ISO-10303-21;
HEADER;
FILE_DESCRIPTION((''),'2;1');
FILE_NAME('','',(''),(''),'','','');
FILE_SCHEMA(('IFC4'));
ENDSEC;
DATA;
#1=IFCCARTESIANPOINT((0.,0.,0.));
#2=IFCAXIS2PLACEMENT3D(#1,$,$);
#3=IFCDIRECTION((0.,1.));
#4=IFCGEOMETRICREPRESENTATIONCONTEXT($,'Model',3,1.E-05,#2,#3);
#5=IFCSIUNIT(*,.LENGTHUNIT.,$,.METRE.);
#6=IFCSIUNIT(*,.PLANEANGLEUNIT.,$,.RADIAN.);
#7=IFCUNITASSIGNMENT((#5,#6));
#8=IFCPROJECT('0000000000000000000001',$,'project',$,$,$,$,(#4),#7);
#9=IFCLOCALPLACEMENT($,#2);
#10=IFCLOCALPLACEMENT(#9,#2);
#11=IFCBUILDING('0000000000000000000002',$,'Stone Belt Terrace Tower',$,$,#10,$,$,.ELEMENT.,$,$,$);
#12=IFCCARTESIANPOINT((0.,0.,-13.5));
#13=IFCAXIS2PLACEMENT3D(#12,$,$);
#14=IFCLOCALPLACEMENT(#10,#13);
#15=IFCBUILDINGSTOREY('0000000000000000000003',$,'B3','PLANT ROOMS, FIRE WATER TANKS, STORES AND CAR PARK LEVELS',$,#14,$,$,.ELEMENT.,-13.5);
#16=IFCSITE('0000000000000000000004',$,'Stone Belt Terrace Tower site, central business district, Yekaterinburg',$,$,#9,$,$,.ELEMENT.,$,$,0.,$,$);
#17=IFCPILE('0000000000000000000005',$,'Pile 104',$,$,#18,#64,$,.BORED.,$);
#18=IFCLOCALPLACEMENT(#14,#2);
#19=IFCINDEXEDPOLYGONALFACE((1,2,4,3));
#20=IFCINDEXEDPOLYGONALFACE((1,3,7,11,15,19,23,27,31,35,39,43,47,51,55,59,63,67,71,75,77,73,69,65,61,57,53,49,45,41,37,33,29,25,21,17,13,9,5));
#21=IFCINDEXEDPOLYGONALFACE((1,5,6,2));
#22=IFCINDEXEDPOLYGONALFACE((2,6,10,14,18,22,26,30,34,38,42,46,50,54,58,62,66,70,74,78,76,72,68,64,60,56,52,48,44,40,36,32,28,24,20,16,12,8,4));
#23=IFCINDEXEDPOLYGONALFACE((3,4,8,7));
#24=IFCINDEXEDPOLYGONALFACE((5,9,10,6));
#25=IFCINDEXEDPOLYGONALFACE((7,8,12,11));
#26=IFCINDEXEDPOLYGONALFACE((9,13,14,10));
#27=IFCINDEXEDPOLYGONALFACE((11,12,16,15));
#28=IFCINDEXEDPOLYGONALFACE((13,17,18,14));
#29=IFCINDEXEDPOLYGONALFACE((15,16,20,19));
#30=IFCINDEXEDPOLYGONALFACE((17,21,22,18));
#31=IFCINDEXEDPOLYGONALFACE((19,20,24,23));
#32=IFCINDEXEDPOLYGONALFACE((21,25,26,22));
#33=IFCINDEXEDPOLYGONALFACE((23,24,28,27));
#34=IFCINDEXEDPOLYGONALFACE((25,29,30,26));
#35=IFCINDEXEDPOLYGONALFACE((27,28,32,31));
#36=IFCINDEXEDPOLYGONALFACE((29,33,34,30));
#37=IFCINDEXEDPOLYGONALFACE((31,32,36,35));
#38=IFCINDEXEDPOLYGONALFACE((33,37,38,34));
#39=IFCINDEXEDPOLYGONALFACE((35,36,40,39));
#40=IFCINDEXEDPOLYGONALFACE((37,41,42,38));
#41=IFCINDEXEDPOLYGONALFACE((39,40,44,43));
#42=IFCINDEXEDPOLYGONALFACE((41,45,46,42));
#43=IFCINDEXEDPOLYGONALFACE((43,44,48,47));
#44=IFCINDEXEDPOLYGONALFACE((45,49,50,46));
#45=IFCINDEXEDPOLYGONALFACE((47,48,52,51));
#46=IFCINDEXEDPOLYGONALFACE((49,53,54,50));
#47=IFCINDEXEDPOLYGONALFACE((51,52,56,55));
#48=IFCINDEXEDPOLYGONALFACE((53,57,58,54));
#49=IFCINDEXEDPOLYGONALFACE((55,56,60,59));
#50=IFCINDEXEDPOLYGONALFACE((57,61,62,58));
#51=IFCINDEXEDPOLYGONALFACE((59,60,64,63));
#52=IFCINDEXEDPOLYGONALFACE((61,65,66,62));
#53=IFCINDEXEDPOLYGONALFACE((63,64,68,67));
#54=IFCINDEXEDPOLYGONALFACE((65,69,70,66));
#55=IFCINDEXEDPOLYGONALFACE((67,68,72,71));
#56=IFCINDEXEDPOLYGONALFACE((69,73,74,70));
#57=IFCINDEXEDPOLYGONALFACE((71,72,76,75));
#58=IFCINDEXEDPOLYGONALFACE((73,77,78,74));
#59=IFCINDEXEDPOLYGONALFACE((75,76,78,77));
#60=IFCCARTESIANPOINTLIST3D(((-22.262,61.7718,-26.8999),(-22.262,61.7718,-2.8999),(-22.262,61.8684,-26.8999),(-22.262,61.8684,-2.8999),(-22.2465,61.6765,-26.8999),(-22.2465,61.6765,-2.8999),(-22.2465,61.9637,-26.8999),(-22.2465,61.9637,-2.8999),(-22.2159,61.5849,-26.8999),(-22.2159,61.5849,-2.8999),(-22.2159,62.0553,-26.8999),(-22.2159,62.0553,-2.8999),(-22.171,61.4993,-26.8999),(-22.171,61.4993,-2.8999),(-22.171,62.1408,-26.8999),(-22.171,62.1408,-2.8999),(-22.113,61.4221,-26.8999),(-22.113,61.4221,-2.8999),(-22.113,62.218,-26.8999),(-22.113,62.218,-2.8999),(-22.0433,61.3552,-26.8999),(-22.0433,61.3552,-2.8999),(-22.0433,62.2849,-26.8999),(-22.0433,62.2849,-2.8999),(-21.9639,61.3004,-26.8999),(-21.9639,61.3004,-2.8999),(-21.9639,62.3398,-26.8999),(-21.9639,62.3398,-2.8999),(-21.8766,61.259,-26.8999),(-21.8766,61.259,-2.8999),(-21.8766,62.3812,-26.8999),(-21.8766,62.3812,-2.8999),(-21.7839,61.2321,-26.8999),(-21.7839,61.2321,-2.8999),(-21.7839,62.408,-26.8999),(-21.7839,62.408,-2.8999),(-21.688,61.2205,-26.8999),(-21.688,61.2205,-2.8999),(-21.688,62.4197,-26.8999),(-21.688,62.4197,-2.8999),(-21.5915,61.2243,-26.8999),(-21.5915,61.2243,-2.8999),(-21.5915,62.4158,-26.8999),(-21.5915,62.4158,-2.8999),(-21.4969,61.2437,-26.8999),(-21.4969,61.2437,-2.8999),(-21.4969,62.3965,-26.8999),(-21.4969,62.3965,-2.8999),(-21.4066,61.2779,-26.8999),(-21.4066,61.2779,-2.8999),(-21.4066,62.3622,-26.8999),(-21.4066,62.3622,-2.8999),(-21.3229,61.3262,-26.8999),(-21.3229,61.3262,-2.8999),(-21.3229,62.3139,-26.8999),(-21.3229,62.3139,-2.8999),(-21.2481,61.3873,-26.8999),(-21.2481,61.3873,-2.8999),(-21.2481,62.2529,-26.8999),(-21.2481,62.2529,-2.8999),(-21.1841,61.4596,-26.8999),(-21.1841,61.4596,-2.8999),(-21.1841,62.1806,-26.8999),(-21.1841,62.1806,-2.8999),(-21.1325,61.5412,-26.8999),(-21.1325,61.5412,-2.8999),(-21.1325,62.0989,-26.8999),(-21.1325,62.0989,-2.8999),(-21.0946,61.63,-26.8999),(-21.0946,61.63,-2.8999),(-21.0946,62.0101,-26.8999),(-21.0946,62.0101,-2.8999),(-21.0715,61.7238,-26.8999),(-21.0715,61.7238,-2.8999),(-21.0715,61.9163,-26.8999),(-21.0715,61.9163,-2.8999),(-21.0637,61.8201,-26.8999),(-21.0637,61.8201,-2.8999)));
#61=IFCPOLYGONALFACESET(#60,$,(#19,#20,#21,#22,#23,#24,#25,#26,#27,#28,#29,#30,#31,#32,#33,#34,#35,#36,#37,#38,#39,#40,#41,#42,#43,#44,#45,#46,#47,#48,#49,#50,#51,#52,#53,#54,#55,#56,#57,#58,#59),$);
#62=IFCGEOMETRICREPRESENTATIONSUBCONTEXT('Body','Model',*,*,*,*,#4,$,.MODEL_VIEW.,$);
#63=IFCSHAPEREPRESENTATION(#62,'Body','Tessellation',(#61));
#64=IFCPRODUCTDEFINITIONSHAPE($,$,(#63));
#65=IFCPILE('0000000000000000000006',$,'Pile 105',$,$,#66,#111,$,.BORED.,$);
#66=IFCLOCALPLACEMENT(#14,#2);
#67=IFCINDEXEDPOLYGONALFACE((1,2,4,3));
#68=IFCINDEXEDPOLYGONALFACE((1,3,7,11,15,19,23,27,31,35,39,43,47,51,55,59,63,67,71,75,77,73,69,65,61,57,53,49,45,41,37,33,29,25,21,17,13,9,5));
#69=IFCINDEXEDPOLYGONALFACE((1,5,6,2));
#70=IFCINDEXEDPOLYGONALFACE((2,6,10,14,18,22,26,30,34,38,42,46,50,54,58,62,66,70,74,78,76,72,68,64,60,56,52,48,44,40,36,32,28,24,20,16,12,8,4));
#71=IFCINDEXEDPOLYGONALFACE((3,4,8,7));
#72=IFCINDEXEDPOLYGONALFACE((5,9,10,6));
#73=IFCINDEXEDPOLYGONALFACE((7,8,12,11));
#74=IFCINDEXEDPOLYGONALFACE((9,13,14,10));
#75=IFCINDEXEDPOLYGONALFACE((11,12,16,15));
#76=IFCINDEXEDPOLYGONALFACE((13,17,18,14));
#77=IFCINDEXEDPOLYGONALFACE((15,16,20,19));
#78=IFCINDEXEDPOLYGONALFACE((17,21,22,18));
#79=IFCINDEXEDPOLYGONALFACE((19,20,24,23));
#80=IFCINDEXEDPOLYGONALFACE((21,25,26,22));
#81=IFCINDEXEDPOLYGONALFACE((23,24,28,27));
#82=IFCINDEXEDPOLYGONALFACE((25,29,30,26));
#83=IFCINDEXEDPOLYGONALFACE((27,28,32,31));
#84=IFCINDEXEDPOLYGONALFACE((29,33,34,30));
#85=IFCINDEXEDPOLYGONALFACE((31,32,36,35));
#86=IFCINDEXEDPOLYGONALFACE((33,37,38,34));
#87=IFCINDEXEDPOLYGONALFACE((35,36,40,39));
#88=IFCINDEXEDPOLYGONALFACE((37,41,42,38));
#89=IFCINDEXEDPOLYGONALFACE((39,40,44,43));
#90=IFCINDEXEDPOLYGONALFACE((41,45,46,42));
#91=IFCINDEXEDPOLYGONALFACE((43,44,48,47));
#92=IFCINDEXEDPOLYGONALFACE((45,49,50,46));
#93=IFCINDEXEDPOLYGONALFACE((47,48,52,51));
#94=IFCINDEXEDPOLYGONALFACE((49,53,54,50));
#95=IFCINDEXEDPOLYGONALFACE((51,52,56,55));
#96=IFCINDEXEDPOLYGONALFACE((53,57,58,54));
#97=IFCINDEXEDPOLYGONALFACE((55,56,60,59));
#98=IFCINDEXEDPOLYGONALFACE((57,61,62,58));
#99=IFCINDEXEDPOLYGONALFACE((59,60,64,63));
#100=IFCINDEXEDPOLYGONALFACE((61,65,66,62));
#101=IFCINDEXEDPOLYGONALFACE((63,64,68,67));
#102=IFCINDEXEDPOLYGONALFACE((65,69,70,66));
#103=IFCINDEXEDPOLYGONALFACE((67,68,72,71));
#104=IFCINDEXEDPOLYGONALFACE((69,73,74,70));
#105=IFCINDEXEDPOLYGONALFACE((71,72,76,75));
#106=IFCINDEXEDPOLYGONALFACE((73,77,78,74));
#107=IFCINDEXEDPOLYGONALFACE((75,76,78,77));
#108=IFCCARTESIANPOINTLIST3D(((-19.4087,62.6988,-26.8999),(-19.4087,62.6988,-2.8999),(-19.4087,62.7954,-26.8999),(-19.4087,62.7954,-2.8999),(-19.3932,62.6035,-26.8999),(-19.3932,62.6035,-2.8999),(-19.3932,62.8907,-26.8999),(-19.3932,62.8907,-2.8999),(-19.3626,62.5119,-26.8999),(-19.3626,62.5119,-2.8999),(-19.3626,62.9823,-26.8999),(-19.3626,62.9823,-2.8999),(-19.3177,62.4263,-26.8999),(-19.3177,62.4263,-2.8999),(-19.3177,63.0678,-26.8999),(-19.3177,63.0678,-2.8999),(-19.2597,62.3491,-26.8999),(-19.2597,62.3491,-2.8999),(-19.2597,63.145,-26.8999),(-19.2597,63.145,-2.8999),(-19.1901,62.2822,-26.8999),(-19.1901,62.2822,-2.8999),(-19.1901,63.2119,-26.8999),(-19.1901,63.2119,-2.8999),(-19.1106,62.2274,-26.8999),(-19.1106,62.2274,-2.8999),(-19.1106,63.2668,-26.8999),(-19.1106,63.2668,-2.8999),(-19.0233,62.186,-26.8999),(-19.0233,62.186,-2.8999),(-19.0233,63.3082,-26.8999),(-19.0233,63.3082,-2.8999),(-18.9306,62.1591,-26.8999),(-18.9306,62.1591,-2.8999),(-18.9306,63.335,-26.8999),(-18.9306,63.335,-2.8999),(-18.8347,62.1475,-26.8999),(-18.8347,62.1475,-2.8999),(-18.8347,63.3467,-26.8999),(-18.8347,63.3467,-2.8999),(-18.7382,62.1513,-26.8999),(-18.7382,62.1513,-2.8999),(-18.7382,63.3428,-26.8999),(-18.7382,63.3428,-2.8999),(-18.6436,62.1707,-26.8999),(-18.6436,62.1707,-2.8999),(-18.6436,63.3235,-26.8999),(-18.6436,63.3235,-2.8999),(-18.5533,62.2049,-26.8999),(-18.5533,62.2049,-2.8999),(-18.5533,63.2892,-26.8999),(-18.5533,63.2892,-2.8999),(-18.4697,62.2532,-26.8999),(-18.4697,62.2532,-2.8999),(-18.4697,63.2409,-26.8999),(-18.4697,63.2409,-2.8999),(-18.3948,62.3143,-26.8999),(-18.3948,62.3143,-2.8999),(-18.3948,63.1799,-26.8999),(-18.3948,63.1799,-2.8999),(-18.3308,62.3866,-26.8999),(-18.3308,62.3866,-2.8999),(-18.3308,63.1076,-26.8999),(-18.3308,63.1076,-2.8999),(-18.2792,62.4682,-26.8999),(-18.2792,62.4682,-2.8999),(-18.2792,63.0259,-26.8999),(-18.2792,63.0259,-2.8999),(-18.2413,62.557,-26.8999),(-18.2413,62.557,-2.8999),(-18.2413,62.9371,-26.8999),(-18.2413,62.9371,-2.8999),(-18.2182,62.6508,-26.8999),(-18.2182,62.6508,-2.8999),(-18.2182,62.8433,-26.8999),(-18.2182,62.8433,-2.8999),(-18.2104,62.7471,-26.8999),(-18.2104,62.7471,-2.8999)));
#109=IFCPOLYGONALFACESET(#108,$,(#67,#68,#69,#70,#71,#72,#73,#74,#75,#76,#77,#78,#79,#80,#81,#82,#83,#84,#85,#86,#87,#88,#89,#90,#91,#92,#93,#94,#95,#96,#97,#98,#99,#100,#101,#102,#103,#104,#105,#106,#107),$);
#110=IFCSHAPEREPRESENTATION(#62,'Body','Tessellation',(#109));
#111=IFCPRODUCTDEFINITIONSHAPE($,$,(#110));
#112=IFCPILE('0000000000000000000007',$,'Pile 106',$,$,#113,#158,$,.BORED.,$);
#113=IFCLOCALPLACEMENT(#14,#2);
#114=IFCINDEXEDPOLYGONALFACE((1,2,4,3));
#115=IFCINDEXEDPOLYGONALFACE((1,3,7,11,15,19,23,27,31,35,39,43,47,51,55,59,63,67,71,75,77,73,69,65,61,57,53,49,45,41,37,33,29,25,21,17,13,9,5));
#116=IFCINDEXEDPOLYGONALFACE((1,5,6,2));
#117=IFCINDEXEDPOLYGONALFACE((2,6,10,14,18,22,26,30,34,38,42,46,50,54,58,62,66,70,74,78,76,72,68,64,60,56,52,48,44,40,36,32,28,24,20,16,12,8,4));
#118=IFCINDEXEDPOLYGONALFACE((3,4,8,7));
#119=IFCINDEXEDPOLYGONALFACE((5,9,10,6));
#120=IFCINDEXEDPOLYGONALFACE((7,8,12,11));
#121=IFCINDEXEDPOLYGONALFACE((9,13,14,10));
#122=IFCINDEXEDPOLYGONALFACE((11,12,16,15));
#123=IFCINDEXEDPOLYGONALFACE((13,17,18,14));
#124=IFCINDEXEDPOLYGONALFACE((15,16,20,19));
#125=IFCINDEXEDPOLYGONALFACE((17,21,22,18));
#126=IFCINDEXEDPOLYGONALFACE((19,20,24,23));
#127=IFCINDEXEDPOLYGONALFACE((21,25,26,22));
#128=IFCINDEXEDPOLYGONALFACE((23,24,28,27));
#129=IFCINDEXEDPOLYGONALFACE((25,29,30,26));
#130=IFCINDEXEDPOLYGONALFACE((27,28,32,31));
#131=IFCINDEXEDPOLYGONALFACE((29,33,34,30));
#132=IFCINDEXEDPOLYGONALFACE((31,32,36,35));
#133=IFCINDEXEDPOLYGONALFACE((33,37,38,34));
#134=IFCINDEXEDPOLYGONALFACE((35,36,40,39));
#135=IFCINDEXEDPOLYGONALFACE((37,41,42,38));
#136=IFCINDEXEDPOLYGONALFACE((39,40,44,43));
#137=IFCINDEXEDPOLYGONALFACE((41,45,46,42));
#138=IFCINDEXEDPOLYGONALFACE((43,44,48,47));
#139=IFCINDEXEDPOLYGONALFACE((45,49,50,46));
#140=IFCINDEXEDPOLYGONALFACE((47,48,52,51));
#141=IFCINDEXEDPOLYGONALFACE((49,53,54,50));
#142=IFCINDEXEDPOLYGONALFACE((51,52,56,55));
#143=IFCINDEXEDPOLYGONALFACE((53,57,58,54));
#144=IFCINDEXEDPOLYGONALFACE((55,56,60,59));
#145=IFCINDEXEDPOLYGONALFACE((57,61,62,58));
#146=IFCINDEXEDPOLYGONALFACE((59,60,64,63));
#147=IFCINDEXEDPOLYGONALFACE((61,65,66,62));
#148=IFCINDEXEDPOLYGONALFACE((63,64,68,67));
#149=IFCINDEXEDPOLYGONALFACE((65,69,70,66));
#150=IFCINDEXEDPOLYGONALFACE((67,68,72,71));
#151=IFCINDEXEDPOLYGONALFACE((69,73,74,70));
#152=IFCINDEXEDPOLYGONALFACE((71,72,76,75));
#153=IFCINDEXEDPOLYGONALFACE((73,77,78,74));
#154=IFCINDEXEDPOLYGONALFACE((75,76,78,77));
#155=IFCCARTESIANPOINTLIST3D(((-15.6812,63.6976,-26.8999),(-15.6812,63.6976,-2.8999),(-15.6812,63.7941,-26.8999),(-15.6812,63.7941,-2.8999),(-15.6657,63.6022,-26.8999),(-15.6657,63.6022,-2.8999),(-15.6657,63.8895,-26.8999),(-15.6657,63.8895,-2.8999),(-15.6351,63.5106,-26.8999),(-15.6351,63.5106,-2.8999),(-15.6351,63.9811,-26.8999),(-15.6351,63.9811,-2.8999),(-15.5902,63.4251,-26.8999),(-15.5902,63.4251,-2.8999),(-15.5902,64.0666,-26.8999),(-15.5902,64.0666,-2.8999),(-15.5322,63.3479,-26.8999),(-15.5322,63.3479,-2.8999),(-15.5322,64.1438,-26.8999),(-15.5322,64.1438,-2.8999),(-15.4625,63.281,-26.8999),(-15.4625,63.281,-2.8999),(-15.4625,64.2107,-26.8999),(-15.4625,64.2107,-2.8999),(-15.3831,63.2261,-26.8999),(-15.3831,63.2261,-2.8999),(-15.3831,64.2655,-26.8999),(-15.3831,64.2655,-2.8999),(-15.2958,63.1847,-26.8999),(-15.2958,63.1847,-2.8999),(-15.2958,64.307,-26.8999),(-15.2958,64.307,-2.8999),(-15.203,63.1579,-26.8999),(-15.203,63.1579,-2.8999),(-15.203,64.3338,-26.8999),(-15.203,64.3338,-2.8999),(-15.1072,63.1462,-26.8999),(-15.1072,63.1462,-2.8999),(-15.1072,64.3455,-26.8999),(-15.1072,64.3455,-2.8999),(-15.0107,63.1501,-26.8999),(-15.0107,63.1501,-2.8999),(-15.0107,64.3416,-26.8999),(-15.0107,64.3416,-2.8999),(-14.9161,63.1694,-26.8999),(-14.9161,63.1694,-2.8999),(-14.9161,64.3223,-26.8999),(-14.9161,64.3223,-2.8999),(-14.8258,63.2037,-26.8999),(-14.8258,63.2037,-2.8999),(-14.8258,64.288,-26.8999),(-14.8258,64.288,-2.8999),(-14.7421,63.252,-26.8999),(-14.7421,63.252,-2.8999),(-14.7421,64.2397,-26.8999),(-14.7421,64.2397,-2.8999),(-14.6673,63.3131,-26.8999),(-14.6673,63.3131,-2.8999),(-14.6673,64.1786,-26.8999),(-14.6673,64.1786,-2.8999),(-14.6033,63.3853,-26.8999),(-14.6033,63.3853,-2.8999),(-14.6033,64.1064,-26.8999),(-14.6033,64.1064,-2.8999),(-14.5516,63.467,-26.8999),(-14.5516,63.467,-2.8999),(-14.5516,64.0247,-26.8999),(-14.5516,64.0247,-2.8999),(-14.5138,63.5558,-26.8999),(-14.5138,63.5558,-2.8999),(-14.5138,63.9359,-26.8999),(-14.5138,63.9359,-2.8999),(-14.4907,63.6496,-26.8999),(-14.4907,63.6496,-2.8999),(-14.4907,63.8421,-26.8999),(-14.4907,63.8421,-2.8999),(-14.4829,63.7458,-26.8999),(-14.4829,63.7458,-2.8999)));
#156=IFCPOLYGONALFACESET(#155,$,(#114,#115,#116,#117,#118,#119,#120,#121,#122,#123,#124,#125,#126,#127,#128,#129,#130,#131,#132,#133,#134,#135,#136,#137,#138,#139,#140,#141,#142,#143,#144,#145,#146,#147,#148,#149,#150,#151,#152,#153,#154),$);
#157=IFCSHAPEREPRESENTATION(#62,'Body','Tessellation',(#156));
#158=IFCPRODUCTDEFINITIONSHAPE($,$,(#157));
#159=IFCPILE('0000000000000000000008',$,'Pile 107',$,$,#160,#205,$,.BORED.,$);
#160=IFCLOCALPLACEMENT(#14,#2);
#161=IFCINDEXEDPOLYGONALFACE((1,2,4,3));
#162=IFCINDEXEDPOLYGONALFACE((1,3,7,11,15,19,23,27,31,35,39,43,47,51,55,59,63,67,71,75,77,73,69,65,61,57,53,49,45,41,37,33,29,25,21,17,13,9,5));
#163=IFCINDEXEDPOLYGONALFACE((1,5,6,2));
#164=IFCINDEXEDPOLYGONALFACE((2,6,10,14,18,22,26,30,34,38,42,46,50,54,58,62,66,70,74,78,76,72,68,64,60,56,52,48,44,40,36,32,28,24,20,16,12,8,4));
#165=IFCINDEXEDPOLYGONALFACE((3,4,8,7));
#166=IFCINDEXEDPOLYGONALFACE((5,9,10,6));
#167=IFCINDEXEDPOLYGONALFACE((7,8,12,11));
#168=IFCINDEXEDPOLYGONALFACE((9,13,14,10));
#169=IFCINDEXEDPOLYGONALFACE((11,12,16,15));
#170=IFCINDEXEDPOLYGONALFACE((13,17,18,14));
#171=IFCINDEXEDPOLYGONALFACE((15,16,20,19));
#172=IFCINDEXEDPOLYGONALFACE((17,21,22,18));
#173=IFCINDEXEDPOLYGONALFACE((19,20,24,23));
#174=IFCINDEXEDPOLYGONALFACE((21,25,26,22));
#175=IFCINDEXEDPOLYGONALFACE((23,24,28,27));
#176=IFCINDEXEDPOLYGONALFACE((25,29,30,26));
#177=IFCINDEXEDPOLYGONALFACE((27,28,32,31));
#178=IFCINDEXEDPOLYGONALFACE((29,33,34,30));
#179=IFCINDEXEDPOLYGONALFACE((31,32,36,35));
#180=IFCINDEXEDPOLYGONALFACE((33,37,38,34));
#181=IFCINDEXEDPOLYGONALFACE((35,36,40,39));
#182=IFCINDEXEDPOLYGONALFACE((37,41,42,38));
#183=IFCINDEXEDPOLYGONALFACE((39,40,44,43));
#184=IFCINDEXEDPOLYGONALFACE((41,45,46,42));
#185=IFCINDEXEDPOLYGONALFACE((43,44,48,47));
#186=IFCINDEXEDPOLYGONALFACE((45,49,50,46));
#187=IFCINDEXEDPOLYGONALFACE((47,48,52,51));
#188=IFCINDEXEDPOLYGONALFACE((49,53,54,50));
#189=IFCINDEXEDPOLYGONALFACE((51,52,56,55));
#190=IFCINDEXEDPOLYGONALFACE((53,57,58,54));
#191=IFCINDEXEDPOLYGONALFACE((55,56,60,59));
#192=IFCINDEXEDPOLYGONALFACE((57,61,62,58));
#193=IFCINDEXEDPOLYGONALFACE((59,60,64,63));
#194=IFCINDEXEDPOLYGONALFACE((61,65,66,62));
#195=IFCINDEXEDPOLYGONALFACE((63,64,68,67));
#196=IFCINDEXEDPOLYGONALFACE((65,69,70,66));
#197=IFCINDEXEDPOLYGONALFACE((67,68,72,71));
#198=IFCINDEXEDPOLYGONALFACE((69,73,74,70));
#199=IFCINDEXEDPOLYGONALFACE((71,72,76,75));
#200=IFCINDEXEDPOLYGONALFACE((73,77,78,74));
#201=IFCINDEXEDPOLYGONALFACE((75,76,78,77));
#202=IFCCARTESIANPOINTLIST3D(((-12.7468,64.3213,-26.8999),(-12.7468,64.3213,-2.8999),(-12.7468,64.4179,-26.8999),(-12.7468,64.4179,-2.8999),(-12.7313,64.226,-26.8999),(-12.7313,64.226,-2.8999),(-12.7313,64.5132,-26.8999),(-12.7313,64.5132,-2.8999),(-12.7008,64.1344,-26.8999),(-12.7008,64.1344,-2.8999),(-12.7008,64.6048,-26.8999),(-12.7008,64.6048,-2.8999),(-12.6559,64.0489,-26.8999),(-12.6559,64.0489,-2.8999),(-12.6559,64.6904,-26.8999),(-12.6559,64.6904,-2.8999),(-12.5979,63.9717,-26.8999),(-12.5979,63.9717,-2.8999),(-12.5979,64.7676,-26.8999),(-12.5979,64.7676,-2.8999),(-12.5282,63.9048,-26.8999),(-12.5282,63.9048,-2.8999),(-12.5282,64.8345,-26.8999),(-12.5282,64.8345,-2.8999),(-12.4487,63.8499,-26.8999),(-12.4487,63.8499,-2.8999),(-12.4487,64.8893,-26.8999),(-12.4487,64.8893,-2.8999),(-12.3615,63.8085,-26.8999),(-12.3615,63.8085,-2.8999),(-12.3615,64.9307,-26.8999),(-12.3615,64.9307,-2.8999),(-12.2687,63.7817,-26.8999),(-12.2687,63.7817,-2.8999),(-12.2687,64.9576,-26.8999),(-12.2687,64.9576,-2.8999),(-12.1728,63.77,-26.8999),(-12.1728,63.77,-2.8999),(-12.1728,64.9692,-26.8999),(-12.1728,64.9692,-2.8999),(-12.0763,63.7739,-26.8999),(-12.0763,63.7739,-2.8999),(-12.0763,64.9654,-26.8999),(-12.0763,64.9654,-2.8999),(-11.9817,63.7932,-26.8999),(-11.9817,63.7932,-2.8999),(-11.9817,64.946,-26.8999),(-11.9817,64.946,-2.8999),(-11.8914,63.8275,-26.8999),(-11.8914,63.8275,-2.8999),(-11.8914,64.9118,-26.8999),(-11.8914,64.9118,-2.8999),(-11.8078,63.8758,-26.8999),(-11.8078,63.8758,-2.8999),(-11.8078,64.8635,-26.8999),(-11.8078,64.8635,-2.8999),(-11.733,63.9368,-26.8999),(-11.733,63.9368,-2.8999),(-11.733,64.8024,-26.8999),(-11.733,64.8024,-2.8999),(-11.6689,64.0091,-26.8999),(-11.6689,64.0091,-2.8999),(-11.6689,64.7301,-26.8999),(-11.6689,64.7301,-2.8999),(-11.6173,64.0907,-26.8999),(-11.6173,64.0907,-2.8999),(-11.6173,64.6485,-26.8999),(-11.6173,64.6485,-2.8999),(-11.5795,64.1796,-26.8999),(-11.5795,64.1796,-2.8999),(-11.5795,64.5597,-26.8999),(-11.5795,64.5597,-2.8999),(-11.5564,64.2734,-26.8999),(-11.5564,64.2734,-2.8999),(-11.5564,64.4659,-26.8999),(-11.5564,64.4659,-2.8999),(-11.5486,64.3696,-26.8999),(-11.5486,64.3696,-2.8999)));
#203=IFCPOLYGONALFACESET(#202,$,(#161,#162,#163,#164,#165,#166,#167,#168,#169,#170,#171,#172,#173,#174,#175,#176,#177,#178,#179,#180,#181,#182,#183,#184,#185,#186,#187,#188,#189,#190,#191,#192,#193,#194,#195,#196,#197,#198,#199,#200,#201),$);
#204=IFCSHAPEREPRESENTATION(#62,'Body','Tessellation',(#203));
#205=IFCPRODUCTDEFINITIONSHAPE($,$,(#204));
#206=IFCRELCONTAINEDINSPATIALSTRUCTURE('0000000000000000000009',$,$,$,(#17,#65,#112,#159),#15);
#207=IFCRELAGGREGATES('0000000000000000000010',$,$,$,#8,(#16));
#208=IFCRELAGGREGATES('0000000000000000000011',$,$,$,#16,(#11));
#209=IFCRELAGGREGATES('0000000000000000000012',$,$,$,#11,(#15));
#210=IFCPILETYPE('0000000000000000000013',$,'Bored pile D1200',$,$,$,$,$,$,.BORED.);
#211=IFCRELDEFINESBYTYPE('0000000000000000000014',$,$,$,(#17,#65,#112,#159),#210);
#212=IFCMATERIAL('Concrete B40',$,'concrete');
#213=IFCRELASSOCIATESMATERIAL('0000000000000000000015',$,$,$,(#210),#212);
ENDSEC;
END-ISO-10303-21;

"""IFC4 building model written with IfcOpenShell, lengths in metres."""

from ifc_helpers import new_model, si_unit, direction, frame, origin, origin_2d, place, context, subcontext, project, spatial, circle, extrude, material, material_profile, profile_set, type_object, element, save


model = new_model("IFC4")

# Units and contexts
model_context = context("Model", 3, precision=1e-05, world=origin(), true_north=direction((0.0, 1.0)))
body_context = subcontext(model_context, "Body", "Model", "MODEL_VIEW")
ifc_project = project(units=[si_unit("LENGTHUNIT", "METRE"), si_unit("PLANEANGLEUNIT", "RADIAN")], contexts=[model_context])

# Site, building, storey
site_placement = place(None, origin())
site = spatial("IfcSite", under=ifc_project, at=site_placement, Name="Stone Belt Terrace Tower site, central business district, Yekaterinburg", CompositionType="ELEMENT", RefElevation=0.0)
building_placement = place(site_placement, origin())
building = spatial("IfcBuilding", under=site, at=building_placement, Name="Stone Belt Terrace Tower", CompositionType="ELEMENT")
storey_placement = place(building_placement, frame((0.0, 0.0, -13.5)))
storey = spatial("IfcBuildingStorey", under=building, at=storey_placement, Name="B3", Description="PLANT ROOMS, FIRE WATER TANKS, STORES AND CAR PARK LEVELS", CompositionType="ELEMENT", Elevation=-13.5)

# Piles
ifc_material_1 = material(Name="Concrete B40", Category="concrete")
ifc_material_profile_1 = material_profile(ifc_material_1, circle(Radius=0.6001, at=origin_2d()), Name="PILE D1200")
ifc_profile_set_1 = profile_set([ifc_material_profile_1], Name="Concrete B40")
pile_type = type_object("IfcPileType", Name="Bored pile D1200", PredefinedType="BORED", material=ifc_profile_set_1)
for number, where, z_axis, x_axis, name in (
    (1, (-21.6638, 61.8201, -2.8999), (0.0, 0.0, -1.0), (1.0, 0.0, 0.0), "Pile 104"),
    (2, (-18.8105, 62.7471, -2.8999), (0.0, 0.0, -1.0), (1.0, 0.0, 0.0), "Pile 105"),
    (3, (-15.083, 63.7458, -2.8999), (0.0, 0.0, -1.0), (1.0, 0.0, 0.0), "Pile 106"),
    (4, (-12.1487, 64.3696, -2.8999), (0.0, 0.0, -1.0), (1.0, 0.0, 0.0), "Pile 107"),
):
    element("IfcPile", number, at=place(storey_placement, frame(where, z_axis=z_axis, x_axis=x_axis)), inside=storey, type_object=pile_type, Name=name, PredefinedType="BORED", context=body_context, shape_type="SweptSolid", body=[
        extrude(circle(Radius=0.6001, at=origin_2d()), origin(), (0.0, 0.0, 1.0), 24.0),
    ])

save(model, "model.ifc")
